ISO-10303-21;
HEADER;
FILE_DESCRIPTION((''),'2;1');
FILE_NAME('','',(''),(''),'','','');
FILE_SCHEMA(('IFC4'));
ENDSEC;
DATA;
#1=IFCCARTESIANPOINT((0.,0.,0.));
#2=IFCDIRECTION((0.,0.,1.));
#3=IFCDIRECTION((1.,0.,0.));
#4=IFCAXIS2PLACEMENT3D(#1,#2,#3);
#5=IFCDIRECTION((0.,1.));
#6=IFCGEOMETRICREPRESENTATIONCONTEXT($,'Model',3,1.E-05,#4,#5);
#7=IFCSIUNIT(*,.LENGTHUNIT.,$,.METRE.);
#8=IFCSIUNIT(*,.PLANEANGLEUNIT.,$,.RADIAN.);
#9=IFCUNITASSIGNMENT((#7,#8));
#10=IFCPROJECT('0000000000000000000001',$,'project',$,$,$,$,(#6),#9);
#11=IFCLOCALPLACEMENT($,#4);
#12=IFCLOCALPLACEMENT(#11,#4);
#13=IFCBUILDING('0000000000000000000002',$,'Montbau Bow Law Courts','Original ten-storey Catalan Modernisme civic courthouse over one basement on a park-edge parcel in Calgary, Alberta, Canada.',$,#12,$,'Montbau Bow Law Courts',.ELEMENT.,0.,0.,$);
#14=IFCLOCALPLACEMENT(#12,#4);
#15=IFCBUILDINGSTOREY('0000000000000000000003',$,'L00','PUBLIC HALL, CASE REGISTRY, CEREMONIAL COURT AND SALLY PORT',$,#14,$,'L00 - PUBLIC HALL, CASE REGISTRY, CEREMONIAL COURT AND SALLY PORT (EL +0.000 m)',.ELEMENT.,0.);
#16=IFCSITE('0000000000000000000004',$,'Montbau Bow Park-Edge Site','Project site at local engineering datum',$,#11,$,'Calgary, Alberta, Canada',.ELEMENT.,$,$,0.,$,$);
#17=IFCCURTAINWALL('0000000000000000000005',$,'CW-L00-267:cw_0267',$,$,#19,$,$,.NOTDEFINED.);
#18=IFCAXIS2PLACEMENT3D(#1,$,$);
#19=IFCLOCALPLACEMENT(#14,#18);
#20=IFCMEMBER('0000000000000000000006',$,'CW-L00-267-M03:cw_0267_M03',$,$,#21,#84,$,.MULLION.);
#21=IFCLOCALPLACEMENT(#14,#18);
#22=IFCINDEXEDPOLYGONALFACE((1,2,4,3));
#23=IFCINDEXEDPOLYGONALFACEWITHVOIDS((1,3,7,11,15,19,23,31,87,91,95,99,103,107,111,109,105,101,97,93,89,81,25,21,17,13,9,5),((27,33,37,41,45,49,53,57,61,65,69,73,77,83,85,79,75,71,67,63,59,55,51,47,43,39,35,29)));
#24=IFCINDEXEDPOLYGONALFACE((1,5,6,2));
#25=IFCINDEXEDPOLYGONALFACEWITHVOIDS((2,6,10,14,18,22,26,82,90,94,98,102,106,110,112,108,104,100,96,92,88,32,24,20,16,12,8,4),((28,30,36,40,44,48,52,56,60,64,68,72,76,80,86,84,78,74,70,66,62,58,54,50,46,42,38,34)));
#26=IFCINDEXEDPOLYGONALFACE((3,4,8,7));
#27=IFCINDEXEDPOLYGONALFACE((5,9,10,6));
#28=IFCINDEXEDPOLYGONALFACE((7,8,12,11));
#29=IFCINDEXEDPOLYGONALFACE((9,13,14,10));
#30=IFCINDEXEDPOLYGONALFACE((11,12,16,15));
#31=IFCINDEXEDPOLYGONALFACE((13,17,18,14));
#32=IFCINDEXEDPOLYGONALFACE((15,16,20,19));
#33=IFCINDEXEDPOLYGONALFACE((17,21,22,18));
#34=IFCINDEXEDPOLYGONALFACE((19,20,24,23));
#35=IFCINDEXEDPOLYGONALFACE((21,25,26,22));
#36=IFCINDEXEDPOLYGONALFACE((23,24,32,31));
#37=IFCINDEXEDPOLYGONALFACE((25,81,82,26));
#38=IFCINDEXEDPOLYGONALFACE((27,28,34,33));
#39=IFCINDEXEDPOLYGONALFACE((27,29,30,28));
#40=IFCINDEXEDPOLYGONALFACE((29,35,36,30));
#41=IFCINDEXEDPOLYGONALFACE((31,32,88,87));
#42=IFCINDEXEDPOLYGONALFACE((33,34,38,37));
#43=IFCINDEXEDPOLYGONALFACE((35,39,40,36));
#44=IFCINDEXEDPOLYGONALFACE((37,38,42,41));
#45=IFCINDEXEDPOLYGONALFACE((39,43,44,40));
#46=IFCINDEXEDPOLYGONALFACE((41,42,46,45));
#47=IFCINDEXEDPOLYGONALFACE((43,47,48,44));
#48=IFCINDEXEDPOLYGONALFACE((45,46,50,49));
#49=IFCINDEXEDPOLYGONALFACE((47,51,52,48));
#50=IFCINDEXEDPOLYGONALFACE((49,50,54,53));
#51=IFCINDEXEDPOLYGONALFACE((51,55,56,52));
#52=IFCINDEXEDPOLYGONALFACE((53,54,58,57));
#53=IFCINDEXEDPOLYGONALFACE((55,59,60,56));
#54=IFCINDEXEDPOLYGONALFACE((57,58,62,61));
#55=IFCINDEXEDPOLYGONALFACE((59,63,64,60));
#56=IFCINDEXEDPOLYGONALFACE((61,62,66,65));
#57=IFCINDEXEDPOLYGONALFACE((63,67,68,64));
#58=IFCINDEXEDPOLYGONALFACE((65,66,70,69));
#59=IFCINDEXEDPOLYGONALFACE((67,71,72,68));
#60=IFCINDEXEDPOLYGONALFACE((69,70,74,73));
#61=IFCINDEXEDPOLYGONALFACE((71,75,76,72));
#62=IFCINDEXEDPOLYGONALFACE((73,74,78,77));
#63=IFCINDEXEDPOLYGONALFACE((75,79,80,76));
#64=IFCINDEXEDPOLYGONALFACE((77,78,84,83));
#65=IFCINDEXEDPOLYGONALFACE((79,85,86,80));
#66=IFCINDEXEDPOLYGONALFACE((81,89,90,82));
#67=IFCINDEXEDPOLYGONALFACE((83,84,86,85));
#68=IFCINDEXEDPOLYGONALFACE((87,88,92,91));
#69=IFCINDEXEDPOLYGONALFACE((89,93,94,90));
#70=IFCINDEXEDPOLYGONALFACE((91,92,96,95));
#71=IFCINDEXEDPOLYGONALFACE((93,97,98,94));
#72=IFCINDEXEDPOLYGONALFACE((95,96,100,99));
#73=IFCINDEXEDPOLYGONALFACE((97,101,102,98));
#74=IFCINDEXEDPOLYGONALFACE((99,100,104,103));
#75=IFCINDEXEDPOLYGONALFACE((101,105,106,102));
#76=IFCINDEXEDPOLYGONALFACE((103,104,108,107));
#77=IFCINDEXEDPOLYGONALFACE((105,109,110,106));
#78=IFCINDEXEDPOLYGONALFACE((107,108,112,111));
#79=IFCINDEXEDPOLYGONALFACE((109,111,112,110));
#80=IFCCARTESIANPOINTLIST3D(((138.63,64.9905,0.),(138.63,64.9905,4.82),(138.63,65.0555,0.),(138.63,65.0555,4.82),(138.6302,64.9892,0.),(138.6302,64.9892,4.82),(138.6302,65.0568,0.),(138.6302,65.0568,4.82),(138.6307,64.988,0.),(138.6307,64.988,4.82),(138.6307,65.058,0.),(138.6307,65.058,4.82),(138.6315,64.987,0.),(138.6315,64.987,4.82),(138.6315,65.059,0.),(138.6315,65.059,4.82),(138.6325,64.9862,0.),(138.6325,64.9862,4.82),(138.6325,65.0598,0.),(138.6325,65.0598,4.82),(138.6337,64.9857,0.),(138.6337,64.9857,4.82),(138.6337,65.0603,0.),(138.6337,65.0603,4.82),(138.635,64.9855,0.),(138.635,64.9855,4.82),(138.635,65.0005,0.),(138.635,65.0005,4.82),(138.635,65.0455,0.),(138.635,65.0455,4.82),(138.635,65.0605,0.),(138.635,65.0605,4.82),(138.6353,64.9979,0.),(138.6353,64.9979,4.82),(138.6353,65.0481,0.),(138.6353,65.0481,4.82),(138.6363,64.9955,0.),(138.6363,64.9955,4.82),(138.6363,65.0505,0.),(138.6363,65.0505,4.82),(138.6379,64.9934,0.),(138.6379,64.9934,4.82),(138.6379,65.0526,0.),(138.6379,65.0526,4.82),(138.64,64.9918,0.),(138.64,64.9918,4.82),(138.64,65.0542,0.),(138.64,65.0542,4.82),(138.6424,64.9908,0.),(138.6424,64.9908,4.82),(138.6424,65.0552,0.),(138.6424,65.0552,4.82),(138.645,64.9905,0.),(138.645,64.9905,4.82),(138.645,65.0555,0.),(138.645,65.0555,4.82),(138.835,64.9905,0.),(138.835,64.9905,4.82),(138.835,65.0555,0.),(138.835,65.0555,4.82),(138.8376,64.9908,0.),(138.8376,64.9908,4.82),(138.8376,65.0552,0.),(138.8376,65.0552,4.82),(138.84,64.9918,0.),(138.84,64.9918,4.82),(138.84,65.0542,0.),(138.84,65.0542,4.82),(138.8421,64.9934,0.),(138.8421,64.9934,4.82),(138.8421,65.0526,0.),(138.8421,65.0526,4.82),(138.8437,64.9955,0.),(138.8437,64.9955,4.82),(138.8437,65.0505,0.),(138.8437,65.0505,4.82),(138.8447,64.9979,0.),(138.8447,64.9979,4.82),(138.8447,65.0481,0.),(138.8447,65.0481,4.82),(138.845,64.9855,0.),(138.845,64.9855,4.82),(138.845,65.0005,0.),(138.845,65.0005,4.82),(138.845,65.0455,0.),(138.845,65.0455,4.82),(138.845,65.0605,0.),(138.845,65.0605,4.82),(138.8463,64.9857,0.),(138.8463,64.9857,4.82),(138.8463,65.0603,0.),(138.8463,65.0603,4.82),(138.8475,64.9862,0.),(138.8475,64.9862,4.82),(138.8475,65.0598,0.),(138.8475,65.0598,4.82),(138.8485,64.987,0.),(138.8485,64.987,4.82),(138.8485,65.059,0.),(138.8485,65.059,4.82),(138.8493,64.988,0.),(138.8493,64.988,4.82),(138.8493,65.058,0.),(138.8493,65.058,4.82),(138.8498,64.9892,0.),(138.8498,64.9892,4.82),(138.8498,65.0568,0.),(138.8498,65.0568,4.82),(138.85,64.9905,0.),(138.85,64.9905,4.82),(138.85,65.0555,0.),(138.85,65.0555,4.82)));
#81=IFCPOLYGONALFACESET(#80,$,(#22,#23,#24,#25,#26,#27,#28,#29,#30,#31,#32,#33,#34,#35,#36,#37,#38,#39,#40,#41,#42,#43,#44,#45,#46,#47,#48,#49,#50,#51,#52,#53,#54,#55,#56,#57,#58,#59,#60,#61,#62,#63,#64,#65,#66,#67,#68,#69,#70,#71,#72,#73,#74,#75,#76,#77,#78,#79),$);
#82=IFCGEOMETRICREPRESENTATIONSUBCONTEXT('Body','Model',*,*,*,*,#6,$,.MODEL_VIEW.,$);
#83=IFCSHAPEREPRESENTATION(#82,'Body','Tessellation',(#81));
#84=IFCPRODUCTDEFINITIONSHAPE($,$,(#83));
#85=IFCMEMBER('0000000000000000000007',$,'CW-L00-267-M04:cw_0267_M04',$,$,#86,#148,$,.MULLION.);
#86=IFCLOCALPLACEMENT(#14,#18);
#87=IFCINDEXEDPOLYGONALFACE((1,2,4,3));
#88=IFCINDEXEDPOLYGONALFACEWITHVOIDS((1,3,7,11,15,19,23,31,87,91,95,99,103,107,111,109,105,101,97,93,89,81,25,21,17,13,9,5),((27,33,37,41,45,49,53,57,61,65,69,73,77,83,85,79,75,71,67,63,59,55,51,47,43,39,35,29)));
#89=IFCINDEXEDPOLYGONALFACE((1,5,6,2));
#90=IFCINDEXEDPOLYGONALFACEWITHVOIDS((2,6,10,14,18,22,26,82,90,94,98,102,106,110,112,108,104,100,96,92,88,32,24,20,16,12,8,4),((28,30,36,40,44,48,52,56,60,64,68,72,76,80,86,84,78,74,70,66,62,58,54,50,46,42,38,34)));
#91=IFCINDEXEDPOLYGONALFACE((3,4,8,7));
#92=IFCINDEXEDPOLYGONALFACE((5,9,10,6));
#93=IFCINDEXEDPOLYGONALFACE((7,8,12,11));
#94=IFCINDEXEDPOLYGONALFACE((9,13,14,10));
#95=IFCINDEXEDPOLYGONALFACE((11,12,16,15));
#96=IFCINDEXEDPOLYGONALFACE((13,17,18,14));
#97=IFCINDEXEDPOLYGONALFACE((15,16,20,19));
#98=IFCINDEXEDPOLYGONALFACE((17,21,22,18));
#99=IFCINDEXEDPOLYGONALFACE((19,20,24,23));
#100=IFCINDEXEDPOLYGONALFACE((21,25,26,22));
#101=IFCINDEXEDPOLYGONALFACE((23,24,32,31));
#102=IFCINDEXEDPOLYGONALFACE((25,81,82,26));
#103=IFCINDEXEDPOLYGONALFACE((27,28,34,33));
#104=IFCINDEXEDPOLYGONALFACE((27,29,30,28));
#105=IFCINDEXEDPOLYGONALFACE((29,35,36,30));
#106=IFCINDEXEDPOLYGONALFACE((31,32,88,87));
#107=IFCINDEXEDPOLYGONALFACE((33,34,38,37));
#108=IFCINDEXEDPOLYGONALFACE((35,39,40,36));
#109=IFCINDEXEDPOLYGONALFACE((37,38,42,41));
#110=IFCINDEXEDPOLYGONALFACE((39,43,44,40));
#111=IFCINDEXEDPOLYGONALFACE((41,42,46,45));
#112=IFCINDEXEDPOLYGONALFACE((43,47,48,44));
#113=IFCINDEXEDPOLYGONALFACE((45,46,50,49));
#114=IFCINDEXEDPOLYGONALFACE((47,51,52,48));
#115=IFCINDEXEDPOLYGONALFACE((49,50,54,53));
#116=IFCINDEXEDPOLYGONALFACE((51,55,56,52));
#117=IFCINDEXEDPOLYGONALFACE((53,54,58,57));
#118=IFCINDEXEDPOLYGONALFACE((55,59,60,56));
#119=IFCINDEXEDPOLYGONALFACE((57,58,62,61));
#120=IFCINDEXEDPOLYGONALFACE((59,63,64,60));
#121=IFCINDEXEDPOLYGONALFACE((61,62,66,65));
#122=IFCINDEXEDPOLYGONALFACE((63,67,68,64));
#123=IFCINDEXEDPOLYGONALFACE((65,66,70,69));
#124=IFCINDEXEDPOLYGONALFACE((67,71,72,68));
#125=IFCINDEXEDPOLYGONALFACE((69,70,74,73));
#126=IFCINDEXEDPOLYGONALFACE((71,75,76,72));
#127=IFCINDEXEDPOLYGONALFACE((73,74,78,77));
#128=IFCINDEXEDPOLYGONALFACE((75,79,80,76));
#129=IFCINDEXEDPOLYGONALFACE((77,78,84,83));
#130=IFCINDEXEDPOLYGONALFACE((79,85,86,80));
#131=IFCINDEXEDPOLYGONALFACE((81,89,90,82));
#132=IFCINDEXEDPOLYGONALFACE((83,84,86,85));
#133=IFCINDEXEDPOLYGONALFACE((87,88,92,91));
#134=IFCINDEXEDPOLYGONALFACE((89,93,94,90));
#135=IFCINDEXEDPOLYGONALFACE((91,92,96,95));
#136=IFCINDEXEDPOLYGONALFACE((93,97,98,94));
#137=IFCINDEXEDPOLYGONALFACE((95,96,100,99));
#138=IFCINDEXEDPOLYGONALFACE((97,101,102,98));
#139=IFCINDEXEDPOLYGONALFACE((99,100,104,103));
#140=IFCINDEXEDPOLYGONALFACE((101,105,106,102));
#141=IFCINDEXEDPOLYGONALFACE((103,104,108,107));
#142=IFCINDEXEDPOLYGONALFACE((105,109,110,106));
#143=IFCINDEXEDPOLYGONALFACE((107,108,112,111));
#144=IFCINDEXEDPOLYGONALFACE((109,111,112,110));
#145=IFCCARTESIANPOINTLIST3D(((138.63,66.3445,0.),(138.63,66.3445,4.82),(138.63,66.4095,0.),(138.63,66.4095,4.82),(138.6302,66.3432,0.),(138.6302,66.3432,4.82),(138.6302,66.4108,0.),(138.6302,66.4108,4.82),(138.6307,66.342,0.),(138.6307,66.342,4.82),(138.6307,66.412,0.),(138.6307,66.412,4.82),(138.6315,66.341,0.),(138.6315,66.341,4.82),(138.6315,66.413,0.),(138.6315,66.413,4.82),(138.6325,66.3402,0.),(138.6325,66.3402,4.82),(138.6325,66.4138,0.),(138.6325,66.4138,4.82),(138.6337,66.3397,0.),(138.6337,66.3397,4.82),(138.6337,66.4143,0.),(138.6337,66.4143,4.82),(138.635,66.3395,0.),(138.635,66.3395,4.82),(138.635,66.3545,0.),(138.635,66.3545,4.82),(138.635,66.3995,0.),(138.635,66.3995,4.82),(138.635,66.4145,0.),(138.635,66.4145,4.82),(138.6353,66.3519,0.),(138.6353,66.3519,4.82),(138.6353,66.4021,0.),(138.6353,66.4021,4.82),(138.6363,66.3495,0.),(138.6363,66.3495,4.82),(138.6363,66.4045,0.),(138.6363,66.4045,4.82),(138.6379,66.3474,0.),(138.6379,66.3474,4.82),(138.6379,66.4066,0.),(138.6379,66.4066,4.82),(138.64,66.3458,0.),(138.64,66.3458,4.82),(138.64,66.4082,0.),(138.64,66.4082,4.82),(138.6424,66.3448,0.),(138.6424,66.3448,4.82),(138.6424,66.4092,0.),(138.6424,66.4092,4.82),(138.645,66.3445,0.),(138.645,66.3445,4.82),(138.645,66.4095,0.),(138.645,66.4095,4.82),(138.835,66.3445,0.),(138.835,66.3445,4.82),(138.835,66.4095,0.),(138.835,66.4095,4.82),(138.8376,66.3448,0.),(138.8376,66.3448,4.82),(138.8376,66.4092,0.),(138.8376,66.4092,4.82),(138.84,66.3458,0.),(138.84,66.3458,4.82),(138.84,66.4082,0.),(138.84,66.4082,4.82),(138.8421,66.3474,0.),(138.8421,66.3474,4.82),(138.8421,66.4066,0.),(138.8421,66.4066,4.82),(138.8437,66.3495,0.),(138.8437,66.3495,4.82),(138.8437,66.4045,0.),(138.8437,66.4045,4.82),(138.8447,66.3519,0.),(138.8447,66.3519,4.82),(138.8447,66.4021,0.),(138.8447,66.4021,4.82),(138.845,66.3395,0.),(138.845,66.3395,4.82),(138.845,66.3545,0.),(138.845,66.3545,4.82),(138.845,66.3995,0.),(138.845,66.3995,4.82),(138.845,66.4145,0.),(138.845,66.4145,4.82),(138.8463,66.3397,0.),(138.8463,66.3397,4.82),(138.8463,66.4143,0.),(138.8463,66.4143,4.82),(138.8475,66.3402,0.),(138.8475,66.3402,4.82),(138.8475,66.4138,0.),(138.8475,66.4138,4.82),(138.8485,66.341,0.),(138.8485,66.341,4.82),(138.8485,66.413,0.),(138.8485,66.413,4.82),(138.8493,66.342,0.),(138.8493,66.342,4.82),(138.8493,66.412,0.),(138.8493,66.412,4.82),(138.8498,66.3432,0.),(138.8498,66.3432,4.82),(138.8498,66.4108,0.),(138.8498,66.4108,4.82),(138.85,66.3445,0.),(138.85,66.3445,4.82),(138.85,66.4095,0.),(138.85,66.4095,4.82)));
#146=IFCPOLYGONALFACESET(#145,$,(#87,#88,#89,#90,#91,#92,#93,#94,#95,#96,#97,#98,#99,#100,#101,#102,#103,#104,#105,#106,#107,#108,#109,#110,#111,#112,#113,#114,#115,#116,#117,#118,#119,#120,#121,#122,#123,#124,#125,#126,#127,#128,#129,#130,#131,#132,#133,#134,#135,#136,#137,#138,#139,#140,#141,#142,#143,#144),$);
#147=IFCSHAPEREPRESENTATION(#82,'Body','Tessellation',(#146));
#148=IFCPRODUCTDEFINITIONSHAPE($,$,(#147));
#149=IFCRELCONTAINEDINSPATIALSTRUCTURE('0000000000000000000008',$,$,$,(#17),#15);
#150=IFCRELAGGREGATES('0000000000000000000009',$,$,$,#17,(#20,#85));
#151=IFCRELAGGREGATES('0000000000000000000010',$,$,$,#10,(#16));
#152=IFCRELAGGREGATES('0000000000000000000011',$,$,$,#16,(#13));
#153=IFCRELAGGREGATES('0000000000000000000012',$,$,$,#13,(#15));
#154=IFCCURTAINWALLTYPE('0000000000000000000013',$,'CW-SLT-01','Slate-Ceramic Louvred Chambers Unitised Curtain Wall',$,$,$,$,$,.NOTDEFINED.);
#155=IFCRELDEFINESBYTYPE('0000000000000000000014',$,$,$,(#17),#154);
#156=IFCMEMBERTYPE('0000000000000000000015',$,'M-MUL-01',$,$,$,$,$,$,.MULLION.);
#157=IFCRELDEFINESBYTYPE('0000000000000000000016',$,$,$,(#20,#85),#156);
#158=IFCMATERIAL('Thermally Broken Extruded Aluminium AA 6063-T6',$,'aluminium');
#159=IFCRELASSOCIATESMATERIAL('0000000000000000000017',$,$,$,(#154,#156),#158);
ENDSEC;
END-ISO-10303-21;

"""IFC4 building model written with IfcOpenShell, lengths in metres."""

from ifc_helpers import new_model, si_unit, direction, frame, origin_with_axes, origin_2d_with_axis, place, context, subcontext, project, spatial, hollow_rectangle, extrude, material, material_profile, profile_set, type_object, element, aggregate, save


model = new_model("IFC4")

# Units and contexts
model_context = context("Model", 3, precision=1e-05, world=origin_with_axes(), true_north=direction((0.0, 1.0)))
body_context = subcontext(model_context, "Body", "Model", "MODEL_VIEW")
ifc_project = project(units=[si_unit("LENGTHUNIT", "METRE"), si_unit("PLANEANGLEUNIT", "RADIAN")], contexts=[model_context])

# Site, building, storey
site_placement = place(None, origin_with_axes())
site = spatial("IfcSite", under=ifc_project, at=site_placement, Name="Montbau Bow Park-Edge Site", Description="Project site at local engineering datum", LongName="Calgary, Alberta, Canada", CompositionType="ELEMENT", RefElevation=0.0)
building_placement = place(site_placement, origin_with_axes())
building = spatial("IfcBuilding", under=site, at=building_placement, Name="Montbau Bow Law Courts", Description="Original ten-storey Catalan Modernisme civic courthouse over one basement on a park-edge parcel in Calgary, Alberta, Canada.", LongName="Montbau Bow Law Courts", CompositionType="ELEMENT", ElevationOfRefHeight=0.0, ElevationOfTerrain=0.0)
storey_placement = place(building_placement, origin_with_axes())
storey = spatial("IfcBuildingStorey", under=building, at=storey_placement, Name="L00", Description="PUBLIC HALL, CASE REGISTRY, CEREMONIAL COURT AND SALLY PORT", LongName="L00 - PUBLIC HALL, CASE REGISTRY, CEREMONIAL COURT AND SALLY PORT (EL +0.000 m)", CompositionType="ELEMENT", Elevation=0.0)

# Curtain wall, members
ifc_material_1 = material(Name="Thermally Broken Extruded Aluminium AA 6063-T6", Category="aluminium")
curtain_wall_type = type_object("IfcCurtainWallType", Name="CW-SLT-01", Description="Slate-Ceramic Louvred Chambers Unitised Curtain Wall", PredefinedType="NOTDEFINED", material=ifc_material_1)
curtain_wall_1_placement = place(None, frame((138.74, 62.315, 0.0), z_axis=(0.0, 0.0, 1.0), x_axis=(1.0, 0.0, 0.0)))
curtain_wall_1 = element("IfcCurtainWall", 1, at=curtain_wall_1_placement, inside=storey, type_object=curtain_wall_type, Name="CW-L00-267:cw_0267", PredefinedType="NOTDEFINED")
ifc_material_profile_1 = material_profile(ifc_material_1, hollow_rectangle(XDim=0.075, YDim=0.22, WallThickness=0.005, InnerFilletRadius=0.01, OuterFilletRadius=0.005, at=origin_2d_with_axis()), Name="CWM-220X75", Category="Main", Priority=0)
ifc_profile_set_1 = profile_set([ifc_material_profile_1], Name="Thermally Broken Extruded Aluminium AA 6063-T6")
member_type_1 = type_object("IfcMemberType", Name="M-MUL-01", PredefinedType="MULLION", material=ifc_profile_set_1)
member_1_placement = place(None, frame((138.74, 65.023, 0.0), z_axis=(0.0, 0.0, 1.0), x_axis=(0.0, 1.0, 0.0)))
member_1 = element("IfcMember", 2, at=member_1_placement, type_object=member_type_1, Name="CW-L00-267-M03:cw_0267_M03", PredefinedType="MULLION", context=body_context, shape_type="SweptSolid", body=[
    extrude(hollow_rectangle(XDim=0.075, YDim=0.22, WallThickness=0.005, InnerFilletRadius=0.01, OuterFilletRadius=0.005, at=origin_2d_with_axis()), origin_with_axes(), (0.0, 0.0, 1.0), 4.82),
])
member_2_placement = place(None, frame((138.74, 66.377, 0.0), z_axis=(0.0, 0.0, 1.0), x_axis=(0.0, 1.0, 0.0)))
member_2 = element("IfcMember", 3, at=member_2_placement, type_object=member_type_1, Name="CW-L00-267-M04:cw_0267_M04", PredefinedType="MULLION", context=body_context, shape_type="SweptSolid", body=[
    extrude(hollow_rectangle(XDim=0.075, YDim=0.22, WallThickness=0.005, InnerFilletRadius=0.01, OuterFilletRadius=0.005, at=origin_2d_with_axis()), origin_with_axes(), (0.0, 0.0, 1.0), 4.82),
])

aggregate(curtain_wall_1, [member_1, member_2])

save(model, "model.ifc")
